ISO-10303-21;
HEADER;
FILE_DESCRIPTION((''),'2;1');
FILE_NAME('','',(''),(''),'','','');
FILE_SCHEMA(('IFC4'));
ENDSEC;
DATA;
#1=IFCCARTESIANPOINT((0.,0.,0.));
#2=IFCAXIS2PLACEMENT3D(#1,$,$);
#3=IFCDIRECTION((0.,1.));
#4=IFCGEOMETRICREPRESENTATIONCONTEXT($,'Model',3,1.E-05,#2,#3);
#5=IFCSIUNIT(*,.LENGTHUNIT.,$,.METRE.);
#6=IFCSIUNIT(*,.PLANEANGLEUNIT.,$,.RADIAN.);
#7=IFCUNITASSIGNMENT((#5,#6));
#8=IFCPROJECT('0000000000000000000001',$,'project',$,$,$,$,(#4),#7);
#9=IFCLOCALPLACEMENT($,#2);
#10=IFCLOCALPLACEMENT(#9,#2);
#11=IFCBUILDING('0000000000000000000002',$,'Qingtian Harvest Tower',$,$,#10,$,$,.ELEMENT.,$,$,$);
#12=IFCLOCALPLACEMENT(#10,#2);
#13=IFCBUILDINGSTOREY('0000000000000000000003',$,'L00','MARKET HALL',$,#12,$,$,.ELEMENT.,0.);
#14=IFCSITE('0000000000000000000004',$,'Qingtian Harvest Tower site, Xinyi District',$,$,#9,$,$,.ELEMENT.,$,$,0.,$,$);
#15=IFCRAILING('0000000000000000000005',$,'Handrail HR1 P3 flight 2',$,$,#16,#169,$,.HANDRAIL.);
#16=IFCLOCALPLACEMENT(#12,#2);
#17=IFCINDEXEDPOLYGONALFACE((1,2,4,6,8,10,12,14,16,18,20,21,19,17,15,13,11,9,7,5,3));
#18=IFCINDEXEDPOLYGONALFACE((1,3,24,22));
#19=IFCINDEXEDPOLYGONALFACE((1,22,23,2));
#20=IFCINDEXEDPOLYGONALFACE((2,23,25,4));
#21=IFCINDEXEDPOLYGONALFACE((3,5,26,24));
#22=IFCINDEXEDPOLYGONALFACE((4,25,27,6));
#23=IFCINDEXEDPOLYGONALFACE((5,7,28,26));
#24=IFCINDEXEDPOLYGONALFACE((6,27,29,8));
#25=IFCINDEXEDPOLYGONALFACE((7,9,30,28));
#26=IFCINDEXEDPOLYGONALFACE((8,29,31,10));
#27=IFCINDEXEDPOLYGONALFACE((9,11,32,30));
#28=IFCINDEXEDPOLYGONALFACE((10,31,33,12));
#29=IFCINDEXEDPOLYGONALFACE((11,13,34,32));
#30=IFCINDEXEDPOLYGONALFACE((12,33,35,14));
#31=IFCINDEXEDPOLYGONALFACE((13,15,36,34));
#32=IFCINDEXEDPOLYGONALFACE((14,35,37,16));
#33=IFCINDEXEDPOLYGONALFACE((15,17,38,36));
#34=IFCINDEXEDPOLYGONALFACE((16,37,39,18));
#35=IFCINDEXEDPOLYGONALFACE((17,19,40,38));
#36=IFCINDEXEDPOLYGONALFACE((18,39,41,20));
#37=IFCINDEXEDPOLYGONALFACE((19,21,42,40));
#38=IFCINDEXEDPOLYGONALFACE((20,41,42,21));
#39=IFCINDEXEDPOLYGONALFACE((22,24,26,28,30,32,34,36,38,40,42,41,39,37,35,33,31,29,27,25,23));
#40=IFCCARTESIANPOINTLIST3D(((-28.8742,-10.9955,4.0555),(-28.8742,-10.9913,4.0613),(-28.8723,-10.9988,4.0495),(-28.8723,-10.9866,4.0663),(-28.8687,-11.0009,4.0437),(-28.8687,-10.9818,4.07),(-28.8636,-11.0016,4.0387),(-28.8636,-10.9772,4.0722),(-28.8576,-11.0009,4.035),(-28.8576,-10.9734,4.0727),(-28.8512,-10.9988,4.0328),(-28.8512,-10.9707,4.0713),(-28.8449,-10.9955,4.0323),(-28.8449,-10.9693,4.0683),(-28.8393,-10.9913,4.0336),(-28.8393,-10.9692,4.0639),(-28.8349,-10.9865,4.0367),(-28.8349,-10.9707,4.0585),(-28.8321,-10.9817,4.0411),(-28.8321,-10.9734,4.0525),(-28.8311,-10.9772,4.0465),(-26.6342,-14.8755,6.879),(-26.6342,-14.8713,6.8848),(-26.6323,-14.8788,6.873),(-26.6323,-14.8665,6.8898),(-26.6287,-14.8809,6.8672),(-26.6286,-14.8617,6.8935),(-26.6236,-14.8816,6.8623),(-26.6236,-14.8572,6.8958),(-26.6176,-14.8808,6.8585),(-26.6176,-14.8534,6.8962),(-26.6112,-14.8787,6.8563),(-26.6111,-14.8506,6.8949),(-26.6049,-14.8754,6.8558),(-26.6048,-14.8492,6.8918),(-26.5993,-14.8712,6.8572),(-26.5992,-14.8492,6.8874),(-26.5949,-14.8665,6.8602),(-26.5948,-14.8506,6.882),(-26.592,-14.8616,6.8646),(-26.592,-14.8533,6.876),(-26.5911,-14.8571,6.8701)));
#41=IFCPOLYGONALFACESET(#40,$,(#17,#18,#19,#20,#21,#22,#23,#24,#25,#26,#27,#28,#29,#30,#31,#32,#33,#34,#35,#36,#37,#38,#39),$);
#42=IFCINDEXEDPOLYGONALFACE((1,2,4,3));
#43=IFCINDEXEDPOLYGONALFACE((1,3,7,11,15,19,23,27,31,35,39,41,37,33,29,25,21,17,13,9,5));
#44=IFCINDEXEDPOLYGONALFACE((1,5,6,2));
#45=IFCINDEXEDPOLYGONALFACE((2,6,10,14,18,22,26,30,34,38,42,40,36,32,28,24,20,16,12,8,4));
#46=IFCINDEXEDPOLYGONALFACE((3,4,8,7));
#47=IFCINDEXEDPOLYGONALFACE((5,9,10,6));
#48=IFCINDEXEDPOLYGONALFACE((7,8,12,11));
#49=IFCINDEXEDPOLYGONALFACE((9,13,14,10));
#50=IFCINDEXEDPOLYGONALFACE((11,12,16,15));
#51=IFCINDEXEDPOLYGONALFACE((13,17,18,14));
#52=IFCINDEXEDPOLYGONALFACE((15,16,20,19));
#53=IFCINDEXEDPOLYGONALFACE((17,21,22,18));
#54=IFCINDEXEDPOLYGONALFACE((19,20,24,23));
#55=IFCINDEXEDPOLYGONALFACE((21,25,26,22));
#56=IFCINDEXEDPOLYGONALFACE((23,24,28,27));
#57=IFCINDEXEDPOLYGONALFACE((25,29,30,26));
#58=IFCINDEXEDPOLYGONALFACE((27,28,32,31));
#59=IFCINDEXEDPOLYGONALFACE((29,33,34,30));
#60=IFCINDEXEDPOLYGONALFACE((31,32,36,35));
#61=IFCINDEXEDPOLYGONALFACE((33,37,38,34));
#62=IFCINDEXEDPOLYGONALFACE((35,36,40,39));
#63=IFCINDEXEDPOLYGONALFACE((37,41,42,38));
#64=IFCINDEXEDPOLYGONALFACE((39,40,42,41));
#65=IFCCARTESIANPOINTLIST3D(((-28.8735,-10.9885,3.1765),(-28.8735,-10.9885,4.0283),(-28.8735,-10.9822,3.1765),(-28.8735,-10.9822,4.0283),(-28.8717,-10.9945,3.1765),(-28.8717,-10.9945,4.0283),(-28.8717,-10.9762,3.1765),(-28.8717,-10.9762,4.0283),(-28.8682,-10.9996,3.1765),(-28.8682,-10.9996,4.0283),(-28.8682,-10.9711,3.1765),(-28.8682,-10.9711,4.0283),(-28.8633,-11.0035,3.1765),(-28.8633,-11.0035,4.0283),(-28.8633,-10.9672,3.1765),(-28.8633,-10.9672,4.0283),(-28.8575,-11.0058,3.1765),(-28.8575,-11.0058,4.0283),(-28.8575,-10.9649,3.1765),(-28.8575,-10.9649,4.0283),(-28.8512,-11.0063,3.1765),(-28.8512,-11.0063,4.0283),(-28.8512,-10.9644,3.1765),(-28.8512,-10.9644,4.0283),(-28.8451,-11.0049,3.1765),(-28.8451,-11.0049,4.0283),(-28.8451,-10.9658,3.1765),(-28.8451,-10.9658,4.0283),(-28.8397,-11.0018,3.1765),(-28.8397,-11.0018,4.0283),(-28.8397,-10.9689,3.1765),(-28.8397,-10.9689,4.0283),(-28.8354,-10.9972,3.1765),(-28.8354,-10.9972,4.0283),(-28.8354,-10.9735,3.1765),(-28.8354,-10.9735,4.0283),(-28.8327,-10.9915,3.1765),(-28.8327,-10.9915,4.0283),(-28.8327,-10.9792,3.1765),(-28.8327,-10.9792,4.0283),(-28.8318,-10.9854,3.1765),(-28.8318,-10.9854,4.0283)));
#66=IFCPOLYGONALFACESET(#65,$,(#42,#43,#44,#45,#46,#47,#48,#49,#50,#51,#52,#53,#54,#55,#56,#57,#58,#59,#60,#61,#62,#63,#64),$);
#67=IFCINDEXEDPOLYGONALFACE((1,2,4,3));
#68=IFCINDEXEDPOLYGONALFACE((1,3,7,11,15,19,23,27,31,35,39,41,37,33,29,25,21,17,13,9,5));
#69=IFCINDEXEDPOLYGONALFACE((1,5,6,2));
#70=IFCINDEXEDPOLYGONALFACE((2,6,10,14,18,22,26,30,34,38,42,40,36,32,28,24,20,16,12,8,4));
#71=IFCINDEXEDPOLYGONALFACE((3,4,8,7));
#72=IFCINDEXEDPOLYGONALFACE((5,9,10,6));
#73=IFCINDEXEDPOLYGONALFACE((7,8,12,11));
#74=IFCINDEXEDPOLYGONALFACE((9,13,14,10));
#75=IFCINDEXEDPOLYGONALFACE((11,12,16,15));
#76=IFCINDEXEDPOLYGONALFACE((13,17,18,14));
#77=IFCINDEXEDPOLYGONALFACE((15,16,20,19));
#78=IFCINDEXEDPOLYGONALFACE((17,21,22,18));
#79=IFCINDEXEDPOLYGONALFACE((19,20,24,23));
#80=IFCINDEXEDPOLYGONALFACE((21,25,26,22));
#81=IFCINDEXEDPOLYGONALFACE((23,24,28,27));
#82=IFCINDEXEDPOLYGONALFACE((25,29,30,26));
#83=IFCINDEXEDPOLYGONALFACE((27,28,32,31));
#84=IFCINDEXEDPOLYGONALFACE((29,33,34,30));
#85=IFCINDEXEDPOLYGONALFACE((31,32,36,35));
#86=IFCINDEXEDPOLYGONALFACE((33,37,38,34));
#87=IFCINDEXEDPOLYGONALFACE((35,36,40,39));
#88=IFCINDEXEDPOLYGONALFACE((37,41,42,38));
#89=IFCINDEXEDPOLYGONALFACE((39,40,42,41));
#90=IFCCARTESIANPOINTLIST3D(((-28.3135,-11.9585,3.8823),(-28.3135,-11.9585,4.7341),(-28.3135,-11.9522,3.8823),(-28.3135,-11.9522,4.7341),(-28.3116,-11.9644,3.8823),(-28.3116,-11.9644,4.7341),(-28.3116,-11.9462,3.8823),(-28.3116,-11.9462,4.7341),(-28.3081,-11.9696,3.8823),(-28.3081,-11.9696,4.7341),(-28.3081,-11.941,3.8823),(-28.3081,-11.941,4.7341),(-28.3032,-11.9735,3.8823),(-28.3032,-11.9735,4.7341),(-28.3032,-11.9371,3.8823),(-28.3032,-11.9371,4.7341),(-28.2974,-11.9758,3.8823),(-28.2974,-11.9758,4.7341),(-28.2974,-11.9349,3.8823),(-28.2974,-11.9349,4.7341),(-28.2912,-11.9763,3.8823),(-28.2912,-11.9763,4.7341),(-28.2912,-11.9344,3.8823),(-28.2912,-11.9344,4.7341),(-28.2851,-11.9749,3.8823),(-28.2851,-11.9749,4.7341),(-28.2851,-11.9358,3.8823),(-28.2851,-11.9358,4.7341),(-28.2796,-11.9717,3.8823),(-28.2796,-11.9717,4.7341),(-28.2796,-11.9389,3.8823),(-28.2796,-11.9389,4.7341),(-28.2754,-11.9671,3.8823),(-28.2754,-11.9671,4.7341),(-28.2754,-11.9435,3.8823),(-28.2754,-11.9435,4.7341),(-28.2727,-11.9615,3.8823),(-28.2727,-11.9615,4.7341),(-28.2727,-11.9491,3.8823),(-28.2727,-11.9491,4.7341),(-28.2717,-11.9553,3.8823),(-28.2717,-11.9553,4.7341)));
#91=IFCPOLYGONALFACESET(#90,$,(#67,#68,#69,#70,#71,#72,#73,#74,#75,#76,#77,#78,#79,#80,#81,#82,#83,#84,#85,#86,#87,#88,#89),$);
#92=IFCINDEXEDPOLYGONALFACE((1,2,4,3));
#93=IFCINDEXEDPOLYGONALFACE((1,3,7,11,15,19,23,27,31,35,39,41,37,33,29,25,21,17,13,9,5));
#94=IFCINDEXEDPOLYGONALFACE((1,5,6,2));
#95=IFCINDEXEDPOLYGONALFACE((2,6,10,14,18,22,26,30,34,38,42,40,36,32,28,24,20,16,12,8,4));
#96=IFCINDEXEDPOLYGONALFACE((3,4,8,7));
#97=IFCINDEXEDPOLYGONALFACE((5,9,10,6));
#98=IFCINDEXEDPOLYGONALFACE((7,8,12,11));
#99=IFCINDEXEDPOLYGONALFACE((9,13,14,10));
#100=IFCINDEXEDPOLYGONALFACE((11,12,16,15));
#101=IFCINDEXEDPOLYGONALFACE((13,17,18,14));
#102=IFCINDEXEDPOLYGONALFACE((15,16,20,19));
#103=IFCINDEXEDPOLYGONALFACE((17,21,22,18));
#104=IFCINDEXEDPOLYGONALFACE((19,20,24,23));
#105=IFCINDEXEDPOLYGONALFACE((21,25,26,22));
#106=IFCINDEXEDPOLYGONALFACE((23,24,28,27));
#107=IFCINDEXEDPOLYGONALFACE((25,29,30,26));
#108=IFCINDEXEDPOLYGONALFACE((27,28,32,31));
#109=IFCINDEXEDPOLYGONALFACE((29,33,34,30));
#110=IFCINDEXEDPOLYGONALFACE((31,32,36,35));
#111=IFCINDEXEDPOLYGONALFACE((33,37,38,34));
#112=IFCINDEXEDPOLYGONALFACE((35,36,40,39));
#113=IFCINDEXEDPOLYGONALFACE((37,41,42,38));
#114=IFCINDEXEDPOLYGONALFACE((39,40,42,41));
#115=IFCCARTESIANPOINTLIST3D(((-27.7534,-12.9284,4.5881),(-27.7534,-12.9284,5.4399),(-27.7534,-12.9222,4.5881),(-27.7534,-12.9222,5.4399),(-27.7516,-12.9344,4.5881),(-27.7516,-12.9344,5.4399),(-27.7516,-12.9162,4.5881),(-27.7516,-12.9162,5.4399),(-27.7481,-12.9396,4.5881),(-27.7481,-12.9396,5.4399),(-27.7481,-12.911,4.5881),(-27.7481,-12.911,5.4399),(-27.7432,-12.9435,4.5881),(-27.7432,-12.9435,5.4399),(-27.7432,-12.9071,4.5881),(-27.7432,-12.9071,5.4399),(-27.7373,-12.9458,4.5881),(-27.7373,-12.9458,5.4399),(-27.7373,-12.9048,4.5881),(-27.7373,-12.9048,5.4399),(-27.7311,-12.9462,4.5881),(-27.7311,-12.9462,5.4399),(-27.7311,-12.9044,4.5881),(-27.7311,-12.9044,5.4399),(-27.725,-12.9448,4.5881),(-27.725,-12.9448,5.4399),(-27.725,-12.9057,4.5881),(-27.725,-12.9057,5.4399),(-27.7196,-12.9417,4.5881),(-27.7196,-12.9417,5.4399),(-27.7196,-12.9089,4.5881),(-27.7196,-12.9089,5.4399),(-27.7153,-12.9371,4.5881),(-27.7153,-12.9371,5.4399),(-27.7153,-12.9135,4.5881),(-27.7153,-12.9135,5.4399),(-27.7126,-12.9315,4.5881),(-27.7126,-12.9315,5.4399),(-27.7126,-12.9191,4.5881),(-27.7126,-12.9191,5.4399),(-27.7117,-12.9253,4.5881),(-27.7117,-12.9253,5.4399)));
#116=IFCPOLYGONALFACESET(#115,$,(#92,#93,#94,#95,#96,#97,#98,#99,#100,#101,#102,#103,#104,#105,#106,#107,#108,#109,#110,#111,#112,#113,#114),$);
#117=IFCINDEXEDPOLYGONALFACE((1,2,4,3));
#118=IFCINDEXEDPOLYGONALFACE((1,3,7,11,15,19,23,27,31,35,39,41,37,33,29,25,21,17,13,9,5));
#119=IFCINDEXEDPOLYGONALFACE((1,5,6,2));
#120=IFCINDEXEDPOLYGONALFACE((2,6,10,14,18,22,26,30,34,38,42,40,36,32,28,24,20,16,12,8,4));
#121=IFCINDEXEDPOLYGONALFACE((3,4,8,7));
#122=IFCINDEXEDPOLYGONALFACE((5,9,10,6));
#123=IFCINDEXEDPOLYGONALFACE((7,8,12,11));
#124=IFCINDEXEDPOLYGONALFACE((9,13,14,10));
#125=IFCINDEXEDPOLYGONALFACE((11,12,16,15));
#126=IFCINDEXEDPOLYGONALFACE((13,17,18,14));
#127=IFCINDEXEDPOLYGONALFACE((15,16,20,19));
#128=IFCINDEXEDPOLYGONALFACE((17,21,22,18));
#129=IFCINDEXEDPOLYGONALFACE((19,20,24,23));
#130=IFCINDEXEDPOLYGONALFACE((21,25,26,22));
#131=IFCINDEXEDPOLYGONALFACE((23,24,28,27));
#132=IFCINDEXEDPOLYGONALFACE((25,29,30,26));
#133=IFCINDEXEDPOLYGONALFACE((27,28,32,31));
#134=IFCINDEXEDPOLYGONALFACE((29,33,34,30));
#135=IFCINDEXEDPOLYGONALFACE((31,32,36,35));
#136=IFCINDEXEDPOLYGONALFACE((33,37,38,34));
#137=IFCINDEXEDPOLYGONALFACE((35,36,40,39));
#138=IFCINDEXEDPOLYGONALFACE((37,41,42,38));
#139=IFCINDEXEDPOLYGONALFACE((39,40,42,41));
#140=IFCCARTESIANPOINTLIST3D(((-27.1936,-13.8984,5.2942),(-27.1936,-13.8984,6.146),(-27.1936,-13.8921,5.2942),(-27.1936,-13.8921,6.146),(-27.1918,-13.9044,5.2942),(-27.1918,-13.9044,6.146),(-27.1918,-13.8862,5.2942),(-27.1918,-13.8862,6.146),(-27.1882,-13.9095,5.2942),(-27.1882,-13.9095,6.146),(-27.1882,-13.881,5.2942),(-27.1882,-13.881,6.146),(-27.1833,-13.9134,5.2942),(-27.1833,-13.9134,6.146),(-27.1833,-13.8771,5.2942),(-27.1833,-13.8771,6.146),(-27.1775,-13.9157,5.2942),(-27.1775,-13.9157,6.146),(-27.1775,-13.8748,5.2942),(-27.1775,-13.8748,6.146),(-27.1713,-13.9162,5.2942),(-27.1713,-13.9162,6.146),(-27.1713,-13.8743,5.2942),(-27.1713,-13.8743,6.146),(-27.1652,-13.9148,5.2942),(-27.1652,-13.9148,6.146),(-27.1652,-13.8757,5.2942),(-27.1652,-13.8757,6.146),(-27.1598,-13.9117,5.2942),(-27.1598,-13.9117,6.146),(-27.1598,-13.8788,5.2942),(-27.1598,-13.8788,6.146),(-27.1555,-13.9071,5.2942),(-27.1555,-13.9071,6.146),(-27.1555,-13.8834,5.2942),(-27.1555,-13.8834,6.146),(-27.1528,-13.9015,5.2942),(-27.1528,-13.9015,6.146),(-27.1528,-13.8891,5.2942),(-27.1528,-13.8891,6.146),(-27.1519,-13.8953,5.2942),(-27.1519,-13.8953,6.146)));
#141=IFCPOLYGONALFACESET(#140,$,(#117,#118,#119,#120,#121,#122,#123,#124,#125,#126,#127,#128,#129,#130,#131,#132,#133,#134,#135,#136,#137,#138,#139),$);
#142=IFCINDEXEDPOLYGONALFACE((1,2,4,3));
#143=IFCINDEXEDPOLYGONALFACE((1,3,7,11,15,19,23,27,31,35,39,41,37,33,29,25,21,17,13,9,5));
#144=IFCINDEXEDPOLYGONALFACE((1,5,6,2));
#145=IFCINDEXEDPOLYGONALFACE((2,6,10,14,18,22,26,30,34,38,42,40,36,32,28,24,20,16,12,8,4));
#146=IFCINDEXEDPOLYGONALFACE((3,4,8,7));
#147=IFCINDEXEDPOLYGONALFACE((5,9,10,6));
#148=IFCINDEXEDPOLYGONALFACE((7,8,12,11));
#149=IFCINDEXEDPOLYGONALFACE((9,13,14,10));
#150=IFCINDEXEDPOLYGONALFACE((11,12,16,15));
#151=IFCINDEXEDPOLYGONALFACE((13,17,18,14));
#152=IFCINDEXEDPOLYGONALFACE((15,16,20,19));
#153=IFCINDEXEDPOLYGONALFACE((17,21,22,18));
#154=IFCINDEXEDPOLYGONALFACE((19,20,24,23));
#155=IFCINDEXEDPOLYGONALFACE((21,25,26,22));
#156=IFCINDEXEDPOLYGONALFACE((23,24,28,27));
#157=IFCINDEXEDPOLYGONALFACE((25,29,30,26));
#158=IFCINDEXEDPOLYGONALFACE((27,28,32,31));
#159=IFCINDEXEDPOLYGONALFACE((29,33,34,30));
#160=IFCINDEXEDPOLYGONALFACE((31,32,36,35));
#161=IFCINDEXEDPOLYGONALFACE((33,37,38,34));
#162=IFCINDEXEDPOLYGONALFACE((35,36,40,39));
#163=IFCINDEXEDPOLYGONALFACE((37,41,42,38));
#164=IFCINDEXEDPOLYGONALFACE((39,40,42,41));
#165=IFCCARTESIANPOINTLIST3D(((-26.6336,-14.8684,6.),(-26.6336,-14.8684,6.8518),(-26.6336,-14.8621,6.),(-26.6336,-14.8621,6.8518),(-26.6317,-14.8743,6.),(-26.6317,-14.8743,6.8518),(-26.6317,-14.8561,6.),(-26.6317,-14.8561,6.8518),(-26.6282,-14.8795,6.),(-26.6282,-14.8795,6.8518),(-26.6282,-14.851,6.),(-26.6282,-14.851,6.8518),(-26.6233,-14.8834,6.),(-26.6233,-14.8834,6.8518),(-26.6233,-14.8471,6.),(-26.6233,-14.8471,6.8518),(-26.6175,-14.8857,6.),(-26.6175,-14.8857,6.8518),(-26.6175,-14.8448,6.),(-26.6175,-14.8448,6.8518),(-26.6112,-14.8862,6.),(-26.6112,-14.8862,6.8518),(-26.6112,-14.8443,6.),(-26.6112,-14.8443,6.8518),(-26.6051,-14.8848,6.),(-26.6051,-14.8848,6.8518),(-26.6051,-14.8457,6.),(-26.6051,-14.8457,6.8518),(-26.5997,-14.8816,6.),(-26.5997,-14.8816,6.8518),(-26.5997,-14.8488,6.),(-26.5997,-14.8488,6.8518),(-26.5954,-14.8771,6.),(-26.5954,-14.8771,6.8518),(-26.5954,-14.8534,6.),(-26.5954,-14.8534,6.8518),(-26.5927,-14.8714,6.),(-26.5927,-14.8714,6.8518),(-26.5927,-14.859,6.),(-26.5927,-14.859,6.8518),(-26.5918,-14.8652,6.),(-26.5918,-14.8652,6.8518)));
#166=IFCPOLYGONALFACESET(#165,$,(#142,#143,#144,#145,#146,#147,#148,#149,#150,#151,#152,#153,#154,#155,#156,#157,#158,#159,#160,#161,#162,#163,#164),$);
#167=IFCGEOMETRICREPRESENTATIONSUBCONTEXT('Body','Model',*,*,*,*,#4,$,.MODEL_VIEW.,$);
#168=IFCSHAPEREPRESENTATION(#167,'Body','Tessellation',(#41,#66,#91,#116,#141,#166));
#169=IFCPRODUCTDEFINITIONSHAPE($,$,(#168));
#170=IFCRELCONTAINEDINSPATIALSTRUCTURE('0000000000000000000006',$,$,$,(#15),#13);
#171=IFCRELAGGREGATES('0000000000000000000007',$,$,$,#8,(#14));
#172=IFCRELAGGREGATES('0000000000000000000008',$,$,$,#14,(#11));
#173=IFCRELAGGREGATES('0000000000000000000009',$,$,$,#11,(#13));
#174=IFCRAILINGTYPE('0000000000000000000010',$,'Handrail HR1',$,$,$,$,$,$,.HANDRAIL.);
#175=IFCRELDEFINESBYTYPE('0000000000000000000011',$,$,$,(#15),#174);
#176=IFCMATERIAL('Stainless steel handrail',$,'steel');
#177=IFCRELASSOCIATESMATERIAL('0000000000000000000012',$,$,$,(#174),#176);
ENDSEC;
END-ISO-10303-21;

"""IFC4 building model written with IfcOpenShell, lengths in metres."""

from ifc_helpers import new_model, si_unit, direction, frame, origin, origin_2d, place, context, subcontext, project, spatial, circle, extrude, material, type_object, element, save


model = new_model("IFC4")

# Units and contexts
model_context = context("Model", 3, precision=1e-05, world=origin(), true_north=direction((0.0, 1.0)))
body_context = subcontext(model_context, "Body", "Model", "MODEL_VIEW")
ifc_project = project(units=[si_unit("LENGTHUNIT", "METRE"), si_unit("PLANEANGLEUNIT", "RADIAN")], contexts=[model_context])

# Site, building, storey
site_placement = place(None, origin())
site = spatial("IfcSite", under=ifc_project, at=site_placement, Name="Qingtian Harvest Tower site, Xinyi District", CompositionType="ELEMENT", RefElevation=0.0)
building_placement = place(site_placement, origin())
building = spatial("IfcBuilding", under=site, at=building_placement, Name="Qingtian Harvest Tower", CompositionType="ELEMENT")
storey_placement = place(building_placement, origin())
storey = spatial("IfcBuildingStorey", under=building, at=storey_placement, Name="L00", Description="MARKET HALL", CompositionType="ELEMENT", Elevation=0.0)

# Railing
ifc_material_1 = material(Name="Stainless steel handrail", Category="steel")
railing_type = type_object("IfcRailingType", Name="Handrail HR1", PredefinedType="HANDRAIL", material=ifc_material_1)
railing_1_placement = place(storey_placement, frame((-28.8528, -10.9854, 3.1765)))
element("IfcRailing", 1, at=railing_1_placement, inside=storey, type_object=railing_type, Name="Handrail HR1 P3 flight 2", PredefinedType="HANDRAIL", context=body_context, shape_type="SweptSolid", body=[
    extrude(circle(Radius=0.0239, at=origin_2d()), frame((0.0, 0.0, 0.876), z_axis=(0.422993, -0.732665, 0.533178), x_axis=(0.866031, 0.49999, 0.0)), (0.0, 0.0, 1.0), 5.2957),
    extrude(circle(Radius=0.021, at=origin_2d()), origin(), (0.0, 0.0, 1.0), 0.8518),
    extrude(circle(Radius=0.021, at=origin_2d()), frame((0.5601, -0.97, 0.7058)), (0.0, 0.0, 1.0), 0.8518),
    extrude(circle(Radius=0.021, at=origin_2d()), frame((1.1201, -1.9399, 1.4116)), (0.0, 0.0, 1.0), 0.8518),
    extrude(circle(Radius=0.021, at=origin_2d()), frame((1.6799, -2.9099, 2.1177)), (0.0, 0.0, 1.0), 0.8518),
    extrude(circle(Radius=0.021, at=origin_2d()), frame((2.24, -3.8799, 2.8235)), (0.0, 0.0, 1.0), 0.8518),
])

save(model, "model.ifc")
